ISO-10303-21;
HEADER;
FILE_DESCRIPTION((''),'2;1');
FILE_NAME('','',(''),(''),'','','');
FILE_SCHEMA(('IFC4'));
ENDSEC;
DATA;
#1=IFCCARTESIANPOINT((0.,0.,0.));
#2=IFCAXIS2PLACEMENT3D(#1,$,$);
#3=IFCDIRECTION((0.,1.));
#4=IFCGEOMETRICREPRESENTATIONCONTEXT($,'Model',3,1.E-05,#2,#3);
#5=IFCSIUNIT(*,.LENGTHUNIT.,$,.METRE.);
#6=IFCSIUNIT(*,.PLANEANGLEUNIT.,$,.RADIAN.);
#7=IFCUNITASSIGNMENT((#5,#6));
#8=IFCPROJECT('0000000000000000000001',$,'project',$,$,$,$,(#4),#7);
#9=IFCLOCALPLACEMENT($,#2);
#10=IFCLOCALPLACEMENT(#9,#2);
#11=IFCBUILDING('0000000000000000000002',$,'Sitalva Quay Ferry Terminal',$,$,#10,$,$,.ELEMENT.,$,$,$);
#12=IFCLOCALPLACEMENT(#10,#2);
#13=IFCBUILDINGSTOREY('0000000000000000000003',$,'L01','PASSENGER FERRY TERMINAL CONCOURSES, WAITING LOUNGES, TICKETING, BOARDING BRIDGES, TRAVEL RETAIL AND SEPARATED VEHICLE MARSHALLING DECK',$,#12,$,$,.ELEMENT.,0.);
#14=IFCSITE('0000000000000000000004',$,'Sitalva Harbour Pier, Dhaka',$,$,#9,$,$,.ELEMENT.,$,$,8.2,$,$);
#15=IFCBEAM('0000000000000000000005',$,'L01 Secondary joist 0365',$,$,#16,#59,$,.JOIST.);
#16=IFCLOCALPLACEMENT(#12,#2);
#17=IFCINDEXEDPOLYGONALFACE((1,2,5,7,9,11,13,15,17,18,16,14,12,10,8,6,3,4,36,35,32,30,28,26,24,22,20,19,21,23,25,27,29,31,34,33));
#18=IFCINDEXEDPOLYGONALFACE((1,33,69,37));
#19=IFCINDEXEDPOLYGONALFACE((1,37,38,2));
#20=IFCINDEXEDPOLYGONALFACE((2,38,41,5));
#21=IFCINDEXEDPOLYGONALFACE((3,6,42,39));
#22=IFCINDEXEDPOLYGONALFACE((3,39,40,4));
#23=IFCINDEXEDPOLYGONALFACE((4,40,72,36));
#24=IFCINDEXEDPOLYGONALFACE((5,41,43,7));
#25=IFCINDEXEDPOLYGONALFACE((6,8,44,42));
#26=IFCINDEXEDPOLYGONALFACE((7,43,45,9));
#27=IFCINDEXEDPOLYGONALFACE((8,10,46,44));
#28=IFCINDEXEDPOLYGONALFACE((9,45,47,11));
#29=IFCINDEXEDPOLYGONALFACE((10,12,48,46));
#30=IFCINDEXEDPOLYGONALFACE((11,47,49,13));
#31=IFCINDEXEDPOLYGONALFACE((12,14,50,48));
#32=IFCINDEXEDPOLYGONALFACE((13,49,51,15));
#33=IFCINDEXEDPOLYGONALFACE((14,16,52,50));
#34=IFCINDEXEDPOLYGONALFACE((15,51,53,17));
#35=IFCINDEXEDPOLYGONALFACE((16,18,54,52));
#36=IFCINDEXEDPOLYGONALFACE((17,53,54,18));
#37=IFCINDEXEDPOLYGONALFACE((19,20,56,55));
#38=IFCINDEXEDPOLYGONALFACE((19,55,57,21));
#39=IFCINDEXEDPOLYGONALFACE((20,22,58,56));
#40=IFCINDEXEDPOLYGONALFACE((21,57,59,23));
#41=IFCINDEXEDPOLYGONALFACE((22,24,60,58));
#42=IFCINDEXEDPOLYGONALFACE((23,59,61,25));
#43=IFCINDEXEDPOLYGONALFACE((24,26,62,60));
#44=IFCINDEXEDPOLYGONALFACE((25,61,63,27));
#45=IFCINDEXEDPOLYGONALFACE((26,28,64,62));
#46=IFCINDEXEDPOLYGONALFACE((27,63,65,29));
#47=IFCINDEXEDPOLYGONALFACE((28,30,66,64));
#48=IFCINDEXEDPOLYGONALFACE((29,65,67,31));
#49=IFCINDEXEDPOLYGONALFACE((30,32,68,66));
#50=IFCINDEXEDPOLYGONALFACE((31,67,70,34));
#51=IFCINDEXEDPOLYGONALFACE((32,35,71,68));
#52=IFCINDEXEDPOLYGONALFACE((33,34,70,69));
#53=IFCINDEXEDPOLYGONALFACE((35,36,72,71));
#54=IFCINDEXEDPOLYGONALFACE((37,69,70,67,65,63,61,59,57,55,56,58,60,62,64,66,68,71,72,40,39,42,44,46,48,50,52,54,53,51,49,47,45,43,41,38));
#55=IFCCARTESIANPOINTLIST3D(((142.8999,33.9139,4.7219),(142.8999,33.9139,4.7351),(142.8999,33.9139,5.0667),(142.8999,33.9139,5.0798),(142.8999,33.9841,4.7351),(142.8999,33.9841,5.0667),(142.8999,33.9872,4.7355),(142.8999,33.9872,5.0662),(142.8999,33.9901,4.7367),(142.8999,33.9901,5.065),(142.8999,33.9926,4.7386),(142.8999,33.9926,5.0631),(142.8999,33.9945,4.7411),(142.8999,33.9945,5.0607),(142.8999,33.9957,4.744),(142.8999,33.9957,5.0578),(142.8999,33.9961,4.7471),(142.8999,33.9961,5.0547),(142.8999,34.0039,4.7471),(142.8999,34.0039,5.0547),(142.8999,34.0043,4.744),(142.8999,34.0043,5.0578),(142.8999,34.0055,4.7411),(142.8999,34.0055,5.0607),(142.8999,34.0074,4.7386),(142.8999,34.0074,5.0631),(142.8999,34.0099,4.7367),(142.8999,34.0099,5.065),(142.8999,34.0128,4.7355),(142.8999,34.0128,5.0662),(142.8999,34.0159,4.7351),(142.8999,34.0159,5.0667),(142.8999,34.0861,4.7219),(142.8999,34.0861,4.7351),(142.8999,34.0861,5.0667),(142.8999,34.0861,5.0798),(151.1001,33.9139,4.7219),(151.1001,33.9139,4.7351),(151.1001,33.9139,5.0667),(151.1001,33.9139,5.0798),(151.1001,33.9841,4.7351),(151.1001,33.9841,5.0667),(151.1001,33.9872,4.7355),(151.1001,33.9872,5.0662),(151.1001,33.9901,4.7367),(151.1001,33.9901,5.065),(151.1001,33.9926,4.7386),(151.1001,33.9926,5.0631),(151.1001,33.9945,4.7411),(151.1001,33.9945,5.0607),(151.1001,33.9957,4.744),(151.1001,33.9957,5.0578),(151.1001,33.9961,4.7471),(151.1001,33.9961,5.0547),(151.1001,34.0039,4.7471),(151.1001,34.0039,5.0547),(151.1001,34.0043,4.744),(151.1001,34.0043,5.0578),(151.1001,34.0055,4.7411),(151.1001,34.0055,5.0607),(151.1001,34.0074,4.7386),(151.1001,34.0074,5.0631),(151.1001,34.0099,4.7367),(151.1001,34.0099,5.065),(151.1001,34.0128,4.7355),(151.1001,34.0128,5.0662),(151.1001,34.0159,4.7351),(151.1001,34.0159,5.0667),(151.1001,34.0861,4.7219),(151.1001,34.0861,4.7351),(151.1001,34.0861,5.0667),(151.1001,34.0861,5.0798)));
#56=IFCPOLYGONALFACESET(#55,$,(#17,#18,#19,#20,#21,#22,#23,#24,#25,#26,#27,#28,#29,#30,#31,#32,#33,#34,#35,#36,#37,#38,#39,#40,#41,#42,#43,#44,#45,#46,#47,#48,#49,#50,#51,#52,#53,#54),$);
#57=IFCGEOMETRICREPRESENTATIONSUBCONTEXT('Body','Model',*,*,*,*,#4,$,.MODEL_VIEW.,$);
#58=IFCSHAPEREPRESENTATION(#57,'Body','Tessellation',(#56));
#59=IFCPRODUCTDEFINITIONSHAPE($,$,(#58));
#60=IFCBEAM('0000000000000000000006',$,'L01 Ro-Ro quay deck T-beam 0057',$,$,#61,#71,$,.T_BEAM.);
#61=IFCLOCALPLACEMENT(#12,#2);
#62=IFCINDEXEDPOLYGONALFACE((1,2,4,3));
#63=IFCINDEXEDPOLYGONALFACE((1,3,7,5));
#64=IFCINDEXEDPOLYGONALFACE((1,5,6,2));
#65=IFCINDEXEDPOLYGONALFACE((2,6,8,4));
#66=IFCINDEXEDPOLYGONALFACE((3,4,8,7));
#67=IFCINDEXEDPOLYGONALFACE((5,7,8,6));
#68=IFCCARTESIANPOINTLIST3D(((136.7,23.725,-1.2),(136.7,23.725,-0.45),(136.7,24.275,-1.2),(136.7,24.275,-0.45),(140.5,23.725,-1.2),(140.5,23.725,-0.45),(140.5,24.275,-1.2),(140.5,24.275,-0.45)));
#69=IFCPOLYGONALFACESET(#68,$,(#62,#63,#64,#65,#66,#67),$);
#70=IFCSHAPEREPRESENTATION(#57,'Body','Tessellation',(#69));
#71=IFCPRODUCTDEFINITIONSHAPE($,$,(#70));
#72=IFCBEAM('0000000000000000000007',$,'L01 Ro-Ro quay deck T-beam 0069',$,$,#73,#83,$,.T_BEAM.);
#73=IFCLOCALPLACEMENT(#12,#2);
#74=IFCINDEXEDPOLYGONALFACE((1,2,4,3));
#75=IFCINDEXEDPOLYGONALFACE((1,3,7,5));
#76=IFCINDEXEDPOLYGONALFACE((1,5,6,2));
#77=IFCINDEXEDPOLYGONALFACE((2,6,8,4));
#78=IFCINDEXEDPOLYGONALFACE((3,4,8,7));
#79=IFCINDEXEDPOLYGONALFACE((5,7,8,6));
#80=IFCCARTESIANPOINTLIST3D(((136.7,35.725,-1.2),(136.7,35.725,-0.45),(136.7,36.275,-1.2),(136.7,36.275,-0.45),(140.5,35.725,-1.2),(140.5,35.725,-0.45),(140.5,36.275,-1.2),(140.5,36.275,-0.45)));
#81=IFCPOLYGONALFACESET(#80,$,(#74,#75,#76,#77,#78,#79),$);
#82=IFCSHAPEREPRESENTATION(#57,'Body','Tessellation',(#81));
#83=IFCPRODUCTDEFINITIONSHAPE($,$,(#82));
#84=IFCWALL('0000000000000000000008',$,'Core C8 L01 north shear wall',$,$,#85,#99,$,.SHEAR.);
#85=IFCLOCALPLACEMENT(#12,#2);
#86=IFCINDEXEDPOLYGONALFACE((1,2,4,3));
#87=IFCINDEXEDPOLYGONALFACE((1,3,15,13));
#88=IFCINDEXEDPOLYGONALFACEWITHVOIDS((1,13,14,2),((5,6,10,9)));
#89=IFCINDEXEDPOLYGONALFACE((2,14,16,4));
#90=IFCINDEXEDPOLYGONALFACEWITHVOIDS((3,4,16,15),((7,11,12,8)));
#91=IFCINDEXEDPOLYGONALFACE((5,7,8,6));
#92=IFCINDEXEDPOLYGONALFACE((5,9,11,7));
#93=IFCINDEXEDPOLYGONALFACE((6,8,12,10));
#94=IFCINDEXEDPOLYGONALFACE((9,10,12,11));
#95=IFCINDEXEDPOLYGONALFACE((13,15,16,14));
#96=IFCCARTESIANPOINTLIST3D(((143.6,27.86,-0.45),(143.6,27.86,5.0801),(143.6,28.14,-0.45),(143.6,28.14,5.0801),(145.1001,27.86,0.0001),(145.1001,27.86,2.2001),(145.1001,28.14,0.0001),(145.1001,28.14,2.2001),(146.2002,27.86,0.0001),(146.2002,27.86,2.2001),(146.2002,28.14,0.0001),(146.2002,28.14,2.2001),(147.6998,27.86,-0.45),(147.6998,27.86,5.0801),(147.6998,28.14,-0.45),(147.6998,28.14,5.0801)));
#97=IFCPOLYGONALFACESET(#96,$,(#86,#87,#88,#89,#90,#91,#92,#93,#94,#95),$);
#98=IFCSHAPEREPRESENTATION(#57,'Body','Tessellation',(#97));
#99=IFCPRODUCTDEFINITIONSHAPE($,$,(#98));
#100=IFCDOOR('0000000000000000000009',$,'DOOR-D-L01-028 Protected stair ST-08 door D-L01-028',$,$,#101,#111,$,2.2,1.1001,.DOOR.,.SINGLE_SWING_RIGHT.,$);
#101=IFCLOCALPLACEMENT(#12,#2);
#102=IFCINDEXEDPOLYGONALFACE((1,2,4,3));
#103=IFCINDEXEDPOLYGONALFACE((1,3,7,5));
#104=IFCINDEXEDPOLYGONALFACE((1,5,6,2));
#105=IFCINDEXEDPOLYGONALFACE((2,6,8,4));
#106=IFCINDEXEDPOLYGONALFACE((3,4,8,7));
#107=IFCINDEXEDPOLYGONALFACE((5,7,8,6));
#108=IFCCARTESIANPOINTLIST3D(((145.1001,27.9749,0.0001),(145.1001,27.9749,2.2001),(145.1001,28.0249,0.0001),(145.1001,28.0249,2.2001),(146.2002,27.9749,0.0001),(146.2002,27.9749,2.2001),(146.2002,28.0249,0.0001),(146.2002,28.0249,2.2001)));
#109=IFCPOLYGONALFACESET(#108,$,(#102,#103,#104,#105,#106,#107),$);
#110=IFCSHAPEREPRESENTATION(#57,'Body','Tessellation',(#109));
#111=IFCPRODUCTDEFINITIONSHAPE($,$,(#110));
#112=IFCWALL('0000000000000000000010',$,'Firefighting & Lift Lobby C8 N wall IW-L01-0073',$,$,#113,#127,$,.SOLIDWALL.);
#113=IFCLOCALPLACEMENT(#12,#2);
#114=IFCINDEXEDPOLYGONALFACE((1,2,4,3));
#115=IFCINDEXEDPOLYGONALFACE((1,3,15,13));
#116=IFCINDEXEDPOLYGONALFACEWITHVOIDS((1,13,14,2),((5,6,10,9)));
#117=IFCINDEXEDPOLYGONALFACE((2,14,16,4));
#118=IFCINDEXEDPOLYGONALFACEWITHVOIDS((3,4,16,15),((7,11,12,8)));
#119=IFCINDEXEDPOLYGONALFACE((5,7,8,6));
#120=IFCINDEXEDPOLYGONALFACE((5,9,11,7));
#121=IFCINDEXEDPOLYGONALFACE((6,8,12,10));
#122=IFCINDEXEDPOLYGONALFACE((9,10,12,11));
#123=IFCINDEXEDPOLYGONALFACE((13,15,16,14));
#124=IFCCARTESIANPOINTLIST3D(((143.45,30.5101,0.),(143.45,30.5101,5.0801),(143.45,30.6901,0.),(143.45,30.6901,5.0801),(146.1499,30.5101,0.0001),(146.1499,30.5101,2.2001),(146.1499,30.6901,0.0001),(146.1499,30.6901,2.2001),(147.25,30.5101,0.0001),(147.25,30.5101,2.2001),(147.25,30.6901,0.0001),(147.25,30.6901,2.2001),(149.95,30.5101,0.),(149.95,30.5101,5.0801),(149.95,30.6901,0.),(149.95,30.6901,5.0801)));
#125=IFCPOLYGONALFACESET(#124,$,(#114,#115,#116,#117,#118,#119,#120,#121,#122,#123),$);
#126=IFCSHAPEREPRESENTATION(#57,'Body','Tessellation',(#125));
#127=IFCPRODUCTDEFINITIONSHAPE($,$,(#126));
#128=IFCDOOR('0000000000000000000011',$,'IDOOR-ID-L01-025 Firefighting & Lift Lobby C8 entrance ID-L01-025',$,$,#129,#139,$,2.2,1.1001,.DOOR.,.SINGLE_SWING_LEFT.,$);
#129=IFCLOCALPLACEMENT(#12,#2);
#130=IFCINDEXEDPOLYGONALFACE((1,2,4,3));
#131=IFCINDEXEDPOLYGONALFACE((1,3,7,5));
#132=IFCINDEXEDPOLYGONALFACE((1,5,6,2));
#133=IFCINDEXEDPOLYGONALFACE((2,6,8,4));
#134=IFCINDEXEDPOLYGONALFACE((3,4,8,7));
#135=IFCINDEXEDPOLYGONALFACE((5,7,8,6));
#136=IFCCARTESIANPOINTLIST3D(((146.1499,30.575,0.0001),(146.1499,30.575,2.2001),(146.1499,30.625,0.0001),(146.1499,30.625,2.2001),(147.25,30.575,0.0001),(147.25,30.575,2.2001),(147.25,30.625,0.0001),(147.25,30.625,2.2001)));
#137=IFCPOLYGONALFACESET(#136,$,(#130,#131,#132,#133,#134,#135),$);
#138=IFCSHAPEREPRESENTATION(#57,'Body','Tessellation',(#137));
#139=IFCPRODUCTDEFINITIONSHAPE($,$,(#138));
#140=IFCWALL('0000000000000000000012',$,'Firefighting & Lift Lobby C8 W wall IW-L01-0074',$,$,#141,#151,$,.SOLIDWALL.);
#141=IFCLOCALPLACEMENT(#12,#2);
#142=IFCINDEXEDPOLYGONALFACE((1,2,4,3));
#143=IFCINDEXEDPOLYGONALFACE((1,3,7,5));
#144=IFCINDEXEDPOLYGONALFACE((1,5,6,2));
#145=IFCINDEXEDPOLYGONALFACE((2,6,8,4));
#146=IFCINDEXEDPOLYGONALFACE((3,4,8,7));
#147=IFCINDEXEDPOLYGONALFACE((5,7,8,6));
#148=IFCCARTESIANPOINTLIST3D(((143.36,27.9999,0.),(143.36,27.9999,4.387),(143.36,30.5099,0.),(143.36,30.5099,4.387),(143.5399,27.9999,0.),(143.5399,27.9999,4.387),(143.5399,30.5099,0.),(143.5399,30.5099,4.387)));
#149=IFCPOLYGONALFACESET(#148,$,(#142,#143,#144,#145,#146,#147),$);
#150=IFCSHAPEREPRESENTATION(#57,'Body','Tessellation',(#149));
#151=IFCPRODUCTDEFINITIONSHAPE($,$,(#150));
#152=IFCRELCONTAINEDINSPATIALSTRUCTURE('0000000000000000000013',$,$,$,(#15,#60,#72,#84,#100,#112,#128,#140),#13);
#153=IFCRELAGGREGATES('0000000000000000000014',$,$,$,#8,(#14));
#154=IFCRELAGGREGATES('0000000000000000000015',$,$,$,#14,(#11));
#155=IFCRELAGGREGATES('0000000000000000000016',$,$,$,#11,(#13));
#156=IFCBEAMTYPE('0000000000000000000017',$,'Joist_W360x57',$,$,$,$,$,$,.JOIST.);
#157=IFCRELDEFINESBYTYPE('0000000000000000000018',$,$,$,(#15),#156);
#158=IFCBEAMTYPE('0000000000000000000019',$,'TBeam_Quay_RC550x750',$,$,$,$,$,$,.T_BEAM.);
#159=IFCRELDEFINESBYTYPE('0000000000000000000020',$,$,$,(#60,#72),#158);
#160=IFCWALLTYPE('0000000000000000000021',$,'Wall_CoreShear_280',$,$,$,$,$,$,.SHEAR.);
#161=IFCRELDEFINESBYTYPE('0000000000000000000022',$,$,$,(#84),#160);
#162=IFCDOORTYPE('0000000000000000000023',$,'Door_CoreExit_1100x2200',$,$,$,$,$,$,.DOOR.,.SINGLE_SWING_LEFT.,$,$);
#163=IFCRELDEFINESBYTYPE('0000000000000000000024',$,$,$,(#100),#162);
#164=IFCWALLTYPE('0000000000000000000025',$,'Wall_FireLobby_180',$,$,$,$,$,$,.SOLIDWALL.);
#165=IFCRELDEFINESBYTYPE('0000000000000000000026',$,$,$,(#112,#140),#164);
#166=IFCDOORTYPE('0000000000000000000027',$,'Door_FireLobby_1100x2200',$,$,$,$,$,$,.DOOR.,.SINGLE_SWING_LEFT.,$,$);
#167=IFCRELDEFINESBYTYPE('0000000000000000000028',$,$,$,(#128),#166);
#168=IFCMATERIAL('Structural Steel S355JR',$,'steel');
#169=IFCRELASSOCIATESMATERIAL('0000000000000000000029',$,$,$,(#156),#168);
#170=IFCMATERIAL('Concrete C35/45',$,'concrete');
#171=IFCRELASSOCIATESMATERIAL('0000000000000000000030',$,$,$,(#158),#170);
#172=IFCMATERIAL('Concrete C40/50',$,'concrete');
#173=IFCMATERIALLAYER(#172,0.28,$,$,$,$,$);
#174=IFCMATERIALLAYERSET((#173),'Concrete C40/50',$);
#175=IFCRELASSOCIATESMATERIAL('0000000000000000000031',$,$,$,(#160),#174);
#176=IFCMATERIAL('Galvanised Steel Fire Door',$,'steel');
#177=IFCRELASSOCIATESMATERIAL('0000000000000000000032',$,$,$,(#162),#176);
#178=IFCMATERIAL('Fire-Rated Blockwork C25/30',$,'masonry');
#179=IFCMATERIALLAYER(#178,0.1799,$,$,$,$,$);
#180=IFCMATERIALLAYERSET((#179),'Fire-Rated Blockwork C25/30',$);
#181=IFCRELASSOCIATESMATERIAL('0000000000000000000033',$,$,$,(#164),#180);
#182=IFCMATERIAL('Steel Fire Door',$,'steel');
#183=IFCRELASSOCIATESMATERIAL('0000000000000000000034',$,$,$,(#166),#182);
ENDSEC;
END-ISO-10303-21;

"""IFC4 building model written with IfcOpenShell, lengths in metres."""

from ifc_helpers import new_model, si_unit, direction, frame, frame_2d, origin, origin_2d, place, context, subcontext, project, spatial, rectangle, i_section, extrude, material, layer, layer_set, material_profile, profile_set, type_object, element, fill, save


model = new_model("IFC4")

# Units and contexts
model_context = context("Model", 3, precision=1e-05, world=origin(), true_north=direction((0.0, 1.0)))
body_context = subcontext(model_context, "Body", "Model", "MODEL_VIEW")
ifc_project = project(units=[si_unit("LENGTHUNIT", "METRE"), si_unit("PLANEANGLEUNIT", "RADIAN")], contexts=[model_context])

# Site, building, storey
site_placement = place(None, origin())
site = spatial("IfcSite", under=ifc_project, at=site_placement, Name="Sitalva Harbour Pier, Dhaka", CompositionType="ELEMENT", RefElevation=8.2)
building_placement = place(site_placement, origin())
building = spatial("IfcBuilding", under=site, at=building_placement, Name="Sitalva Quay Ferry Terminal", CompositionType="ELEMENT")
storey_placement = place(building_placement, origin())
storey = spatial("IfcBuildingStorey", under=building, at=storey_placement, Name="L01", Description="PASSENGER FERRY TERMINAL CONCOURSES, WAITING LOUNGES, TICKETING, BOARDING BRIDGES, TRAVEL RETAIL AND SEPARATED VEHICLE MARSHALLING DECK", CompositionType="ELEMENT", Elevation=0.0)

# Beams
ifc_material_1 = material(Name="Structural Steel S355JR", Category="steel")
ifc_material_profile_1 = material_profile(ifc_material_1, i_section(OverallWidth=0.1721, OverallDepth=0.3579, WebThickness=0.0078, FlangeThickness=0.0132, FilletRadius=0.012, at=origin_2d()), Name="W360x57")
ifc_profile_set_1 = profile_set([ifc_material_profile_1], Name="Structural Steel S355JR")
beam_type_1 = type_object("IfcBeamType", Name="Joist_W360x57", PredefinedType="JOIST", material=ifc_profile_set_1)
beam_1_placement = place(storey_placement, frame((142.8999, 34.0, 4.9009), z_axis=(1.0, 0.0, 0.0), x_axis=(0.0, 1.0, 0.0)))
element("IfcBeam", 1, at=beam_1_placement, inside=storey, type_object=beam_type_1, Name="L01 Secondary joist 0365", PredefinedType="JOIST", context=body_context, shape_type="SweptSolid", body=[
    extrude(i_section(OverallWidth=0.1721, OverallDepth=0.3579, WebThickness=0.0078, FlangeThickness=0.0132, FilletRadius=0.012, at=origin_2d()), origin(), (0.0, 0.0, 1.0), 8.2002),
])
ifc_material_2 = material(Name="Concrete C35/45", Category="concrete")
ifc_material_profile_2 = material_profile(ifc_material_2, rectangle(XDim=0.55, YDim=0.75, at=origin_2d()), Name="RC550x750")
ifc_profile_set_2 = profile_set([ifc_material_profile_2], Name="Concrete C35/45")
beam_type_2 = type_object("IfcBeamType", Name="TBeam_Quay_RC550x750", PredefinedType="T_BEAM", material=ifc_profile_set_2)
for number, where, z_axis, x_axis, name in (
    (2, (136.7, 24.0, -0.825), (1.0, 0.0, 0.0), (0.0, 1.0, 0.0), "L01 Ro-Ro quay deck T-beam 0057"),
    (3, (136.7, 36.0, -0.825), (1.0, 0.0, 0.0), (0.0, 1.0, 0.0), "L01 Ro-Ro quay deck T-beam 0069"),
):
    element("IfcBeam", number, at=place(storey_placement, frame(where, z_axis=z_axis, x_axis=x_axis)), inside=storey, type_object=beam_type_2, Name=name, PredefinedType="T_BEAM", context=body_context, shape_type="SweptSolid", body=[
        extrude(rectangle(XDim=0.55, YDim=0.75, at=origin_2d()), origin(), (0.0, 0.0, 1.0), 3.8),
    ])

# Walls, openings, doors
ifc_material_3 = material(Name="Concrete C40/50", Category="concrete")
ifc_layer_1 = layer(ifc_material_3, 0.28)
ifc_layer_set_1 = layer_set([ifc_layer_1], Name="Concrete C40/50")
wall_type_1 = type_object("IfcWallType", Name="Wall_CoreShear_280", PredefinedType="SHEAR", material=ifc_layer_set_1)
wall_1_placement = place(storey_placement, frame((143.6001, 28.0, -0.45), z_axis=(0.0, 0.0, 1.0), x_axis=(1.0, 0.0, 0.0)))
wall_1 = element("IfcWall", 4, at=wall_1_placement, inside=storey, type_object=wall_type_1, Name="Core C8 L01 north shear wall", PredefinedType="SHEAR", context=body_context, shape_type="SweptSolid", body=[
    extrude(rectangle(XDim=4.0999, YDim=0.28, at=frame_2d((2.0498, 0.0))), origin(), (0.0, 0.0, 1.0), 5.53),
])
opening_1_placement = place(wall_1_placement, frame((1.5, 0.0, 0.45)))
opening_1 = element("IfcOpeningElement", 5, at=opening_1_placement, cuts=wall_1, PredefinedType="OPENING", context=body_context, shape_type="SweptSolid", body=[
    extrude(rectangle(XDim=1.1001, YDim=2.2, at=frame_2d((0.55, 1.1001))), frame((0.0, 0.1499, 0.0), z_axis=(0.0, -1.0, 0.0), x_axis=(1.0, 0.0, 0.0)), (0.0, 0.0, 1.0), 0.3),
])
ifc_material_4 = material(Name="Galvanised Steel Fire Door", Category="steel")
door_type_1 = type_object("IfcDoorType", Name="Door_CoreExit_1100x2200", OperationType="SINGLE_SWING_LEFT", PredefinedType="DOOR", material=ifc_material_4)
door_1_placement = place(opening_1_placement, origin())
door_1 = element("IfcDoor", 6, at=door_1_placement, inside=storey, type_object=door_type_1, Name="DOOR-D-L01-028 Protected stair ST-08 door D-L01-028", OperationType="SINGLE_SWING_RIGHT", OverallHeight=2.2, OverallWidth=1.1001, PredefinedType="DOOR", context=body_context, shape_type="SweptSolid", body=[
    extrude(rectangle(XDim=1.1001, YDim=2.2, at=frame_2d((0.55, 1.1001))), frame((0.0, 0.0249, 0.0), z_axis=(0.0, -1.0, 0.0), x_axis=(1.0, 0.0, 0.0)), (0.0, 0.0, 1.0), 0.05),
])
fill(opening_1, door_1)
ifc_material_5 = material(Name="Fire-Rated Blockwork C25/30", Category="masonry")
ifc_layer_2 = layer(ifc_material_5, 0.1799)
ifc_layer_set_2 = layer_set([ifc_layer_2], Name="Fire-Rated Blockwork C25/30")
wall_type_2 = type_object("IfcWallType", Name="Wall_FireLobby_180", PredefinedType="SOLIDWALL", material=ifc_layer_set_2)
wall_2_placement = place(storey_placement, frame((143.45, 30.6001, 0.0), z_axis=(0.0, 0.0, 1.0), x_axis=(1.0, 0.0, 0.0)))
wall_2 = element("IfcWall", 7, at=wall_2_placement, inside=storey, type_object=wall_type_2, Name="Firefighting & Lift Lobby C8 N wall IW-L01-0073", PredefinedType="SOLIDWALL", context=body_context, shape_type="SweptSolid", body=[
    extrude(rectangle(XDim=6.5, YDim=0.1799, at=frame_2d((3.25, 0.0))), origin(), (0.0, 0.0, 1.0), 5.0801),
])
opening_2_placement = place(wall_2_placement, frame((2.7, 0.0, 0.0)))
opening_2 = element("IfcOpeningElement", 8, at=opening_2_placement, cuts=wall_2, PredefinedType="OPENING", context=body_context, shape_type="SweptSolid", body=[
    extrude(rectangle(XDim=1.1001, YDim=2.2, at=frame_2d((0.55, 1.1001))), frame((0.0, 0.0999, 0.0), z_axis=(0.0, -1.0, 0.0), x_axis=(1.0, 0.0, 0.0)), (0.0, 0.0, 1.0), 0.2),
])
ifc_material_6 = material(Name="Steel Fire Door", Category="steel")
door_type_2 = type_object("IfcDoorType", Name="Door_FireLobby_1100x2200", OperationType="SINGLE_SWING_LEFT", PredefinedType="DOOR", material=ifc_material_6)
door_2_placement = place(opening_2_placement, origin())
door_2 = element("IfcDoor", 9, at=door_2_placement, inside=storey, type_object=door_type_2, Name="IDOOR-ID-L01-025 Firefighting & Lift Lobby C8 entrance ID-L01-025", OperationType="SINGLE_SWING_LEFT", OverallHeight=2.2, OverallWidth=1.1001, PredefinedType="DOOR", context=body_context, shape_type="SweptSolid", body=[
    extrude(rectangle(XDim=1.1001, YDim=2.2, at=frame_2d((0.55, 1.1001))), frame((0.0, 0.0249, 0.0), z_axis=(0.0, -1.0, 0.0), x_axis=(1.0, 0.0, 0.0)), (0.0, 0.0, 1.0), 0.05),
])
fill(opening_2, door_2)

# Wall
wall_3_placement = place(storey_placement, frame((143.45, 28.0, 0.0), z_axis=(0.0, 0.0, 1.0), x_axis=(0.0, 1.0, 0.0)))
element("IfcWall", 10, at=wall_3_placement, inside=storey, type_object=wall_type_2, Name="Firefighting & Lift Lobby C8 W wall IW-L01-0074", PredefinedType="SOLIDWALL", context=body_context, shape_type="SweptSolid", body=[
    extrude(rectangle(XDim=2.51, YDim=0.1799, at=frame_2d((1.2549, 0.0))), origin(), (0.0, 0.0, 1.0), 4.387),
])

save(model, "model.ifc")
